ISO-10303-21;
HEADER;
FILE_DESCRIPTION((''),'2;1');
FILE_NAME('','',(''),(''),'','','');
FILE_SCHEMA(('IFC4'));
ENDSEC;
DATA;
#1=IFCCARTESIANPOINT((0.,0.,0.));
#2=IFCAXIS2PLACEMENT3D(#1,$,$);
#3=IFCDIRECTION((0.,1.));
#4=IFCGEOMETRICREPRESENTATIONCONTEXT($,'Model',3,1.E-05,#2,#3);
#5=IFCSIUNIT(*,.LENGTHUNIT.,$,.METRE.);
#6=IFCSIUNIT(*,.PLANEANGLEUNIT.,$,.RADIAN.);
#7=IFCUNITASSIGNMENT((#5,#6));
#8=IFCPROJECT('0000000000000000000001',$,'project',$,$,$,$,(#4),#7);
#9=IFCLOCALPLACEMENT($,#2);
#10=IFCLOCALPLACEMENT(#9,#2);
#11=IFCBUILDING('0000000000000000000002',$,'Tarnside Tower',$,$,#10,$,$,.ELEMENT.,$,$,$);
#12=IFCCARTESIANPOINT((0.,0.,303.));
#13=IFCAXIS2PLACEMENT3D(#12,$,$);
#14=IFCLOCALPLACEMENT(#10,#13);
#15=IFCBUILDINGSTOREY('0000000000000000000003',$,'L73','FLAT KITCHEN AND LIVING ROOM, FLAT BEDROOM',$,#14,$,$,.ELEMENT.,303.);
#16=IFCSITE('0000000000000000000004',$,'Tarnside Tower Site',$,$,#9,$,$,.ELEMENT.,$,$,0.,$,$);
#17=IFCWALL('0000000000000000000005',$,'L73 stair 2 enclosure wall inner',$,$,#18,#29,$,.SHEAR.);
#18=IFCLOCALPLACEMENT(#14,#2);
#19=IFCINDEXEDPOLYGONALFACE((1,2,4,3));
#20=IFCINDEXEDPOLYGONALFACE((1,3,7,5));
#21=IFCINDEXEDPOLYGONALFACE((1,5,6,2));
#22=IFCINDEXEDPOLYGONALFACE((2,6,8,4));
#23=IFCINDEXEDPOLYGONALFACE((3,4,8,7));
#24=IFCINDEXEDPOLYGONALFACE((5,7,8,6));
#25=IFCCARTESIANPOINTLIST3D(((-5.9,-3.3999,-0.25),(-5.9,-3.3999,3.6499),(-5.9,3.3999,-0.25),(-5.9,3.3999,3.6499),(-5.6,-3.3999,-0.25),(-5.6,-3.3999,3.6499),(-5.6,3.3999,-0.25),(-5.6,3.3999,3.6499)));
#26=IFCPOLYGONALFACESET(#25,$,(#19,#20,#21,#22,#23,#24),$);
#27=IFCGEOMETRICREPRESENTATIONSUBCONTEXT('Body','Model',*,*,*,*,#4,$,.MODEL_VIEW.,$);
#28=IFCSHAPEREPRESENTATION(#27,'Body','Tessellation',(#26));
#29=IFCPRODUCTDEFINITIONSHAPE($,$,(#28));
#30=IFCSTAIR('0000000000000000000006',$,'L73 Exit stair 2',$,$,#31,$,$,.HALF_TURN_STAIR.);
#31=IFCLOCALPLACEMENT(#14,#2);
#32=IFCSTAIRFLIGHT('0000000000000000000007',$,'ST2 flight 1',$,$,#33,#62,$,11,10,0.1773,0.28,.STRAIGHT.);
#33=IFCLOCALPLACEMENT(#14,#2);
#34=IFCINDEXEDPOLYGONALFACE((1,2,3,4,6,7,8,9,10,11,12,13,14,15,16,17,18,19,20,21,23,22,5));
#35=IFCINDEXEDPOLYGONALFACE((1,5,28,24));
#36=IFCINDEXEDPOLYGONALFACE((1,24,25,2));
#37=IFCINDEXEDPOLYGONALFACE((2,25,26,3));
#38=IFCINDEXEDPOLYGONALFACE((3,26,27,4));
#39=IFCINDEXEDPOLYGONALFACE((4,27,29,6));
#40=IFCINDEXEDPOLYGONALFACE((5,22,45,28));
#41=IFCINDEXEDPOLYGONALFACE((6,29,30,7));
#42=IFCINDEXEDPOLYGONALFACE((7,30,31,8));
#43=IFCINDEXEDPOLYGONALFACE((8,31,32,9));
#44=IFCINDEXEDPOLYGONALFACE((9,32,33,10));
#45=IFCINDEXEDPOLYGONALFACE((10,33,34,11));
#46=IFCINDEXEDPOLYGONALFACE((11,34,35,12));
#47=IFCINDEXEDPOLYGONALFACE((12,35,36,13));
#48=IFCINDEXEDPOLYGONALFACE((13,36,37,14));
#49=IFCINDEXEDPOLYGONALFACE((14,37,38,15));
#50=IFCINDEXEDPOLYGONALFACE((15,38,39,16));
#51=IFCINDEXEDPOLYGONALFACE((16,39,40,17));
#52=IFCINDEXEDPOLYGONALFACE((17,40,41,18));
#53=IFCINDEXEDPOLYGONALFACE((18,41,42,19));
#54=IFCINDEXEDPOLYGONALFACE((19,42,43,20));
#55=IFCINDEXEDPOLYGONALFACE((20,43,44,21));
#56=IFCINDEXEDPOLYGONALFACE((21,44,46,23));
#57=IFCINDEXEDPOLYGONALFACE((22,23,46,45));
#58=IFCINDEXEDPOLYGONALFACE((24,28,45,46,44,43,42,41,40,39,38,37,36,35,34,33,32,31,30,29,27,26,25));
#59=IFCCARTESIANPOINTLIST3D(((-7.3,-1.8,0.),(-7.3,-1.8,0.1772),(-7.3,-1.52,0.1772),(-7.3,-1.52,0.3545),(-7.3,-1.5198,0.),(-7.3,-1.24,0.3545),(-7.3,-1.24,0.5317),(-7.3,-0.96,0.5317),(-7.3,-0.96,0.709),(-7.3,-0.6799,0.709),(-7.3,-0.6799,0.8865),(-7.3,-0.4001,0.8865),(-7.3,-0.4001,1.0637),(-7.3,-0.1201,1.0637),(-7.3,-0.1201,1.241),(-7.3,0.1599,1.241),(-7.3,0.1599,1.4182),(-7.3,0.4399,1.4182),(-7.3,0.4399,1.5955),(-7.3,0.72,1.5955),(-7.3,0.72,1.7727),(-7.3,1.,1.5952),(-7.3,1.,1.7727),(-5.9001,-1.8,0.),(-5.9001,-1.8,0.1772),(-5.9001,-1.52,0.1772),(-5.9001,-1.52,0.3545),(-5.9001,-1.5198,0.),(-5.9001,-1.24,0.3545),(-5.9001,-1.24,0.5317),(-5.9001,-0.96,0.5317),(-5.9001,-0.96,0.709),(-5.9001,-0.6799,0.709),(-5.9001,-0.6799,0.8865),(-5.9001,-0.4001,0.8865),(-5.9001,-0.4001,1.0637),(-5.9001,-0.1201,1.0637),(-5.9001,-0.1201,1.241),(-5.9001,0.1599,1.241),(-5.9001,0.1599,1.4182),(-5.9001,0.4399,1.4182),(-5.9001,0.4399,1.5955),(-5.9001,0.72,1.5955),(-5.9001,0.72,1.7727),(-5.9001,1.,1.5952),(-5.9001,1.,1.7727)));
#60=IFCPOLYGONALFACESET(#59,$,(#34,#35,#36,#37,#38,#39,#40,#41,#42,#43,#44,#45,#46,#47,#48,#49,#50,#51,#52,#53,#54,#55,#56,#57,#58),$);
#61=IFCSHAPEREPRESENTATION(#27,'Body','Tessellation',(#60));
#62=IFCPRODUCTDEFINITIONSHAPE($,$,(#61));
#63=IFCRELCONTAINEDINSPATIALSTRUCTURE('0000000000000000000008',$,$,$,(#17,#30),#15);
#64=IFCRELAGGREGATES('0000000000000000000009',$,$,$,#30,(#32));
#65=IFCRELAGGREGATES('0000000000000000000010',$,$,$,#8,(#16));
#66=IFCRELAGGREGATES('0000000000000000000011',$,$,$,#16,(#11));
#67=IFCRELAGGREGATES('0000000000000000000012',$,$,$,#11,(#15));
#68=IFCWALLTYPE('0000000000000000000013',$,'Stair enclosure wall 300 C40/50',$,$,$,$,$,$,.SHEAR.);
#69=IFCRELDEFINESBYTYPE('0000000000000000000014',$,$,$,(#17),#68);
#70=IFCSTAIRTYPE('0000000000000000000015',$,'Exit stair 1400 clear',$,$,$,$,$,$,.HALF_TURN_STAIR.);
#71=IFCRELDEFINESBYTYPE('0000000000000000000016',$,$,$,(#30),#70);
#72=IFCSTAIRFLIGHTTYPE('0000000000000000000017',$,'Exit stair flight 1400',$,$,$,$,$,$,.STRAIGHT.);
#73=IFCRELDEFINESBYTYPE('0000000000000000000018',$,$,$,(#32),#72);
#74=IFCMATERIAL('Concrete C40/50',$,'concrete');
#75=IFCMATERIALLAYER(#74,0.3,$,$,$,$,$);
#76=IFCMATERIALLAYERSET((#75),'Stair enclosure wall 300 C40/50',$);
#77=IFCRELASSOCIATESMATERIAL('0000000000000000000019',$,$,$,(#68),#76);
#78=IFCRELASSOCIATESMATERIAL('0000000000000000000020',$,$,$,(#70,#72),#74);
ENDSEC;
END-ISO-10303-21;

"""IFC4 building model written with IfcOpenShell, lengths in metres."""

from ifc_helpers import new_model, si_unit, direction, frame, frame_2d, origin, place, context, subcontext, project, spatial, polyline, rectangle, outline, extrude, material, layer, layer_set, type_object, element, aggregate, save


model = new_model("IFC4")

# Units and contexts
model_context = context("Model", 3, precision=1e-05, world=origin(), true_north=direction((0.0, 1.0)))
body_context = subcontext(model_context, "Body", "Model", "MODEL_VIEW")
ifc_project = project(units=[si_unit("LENGTHUNIT", "METRE"), si_unit("PLANEANGLEUNIT", "RADIAN")], contexts=[model_context])

# Site, building, storey
site_placement = place(None, origin())
site = spatial("IfcSite", under=ifc_project, at=site_placement, Name="Tarnside Tower Site", CompositionType="ELEMENT", RefElevation=0.0)
building_placement = place(site_placement, origin())
building = spatial("IfcBuilding", under=site, at=building_placement, Name="Tarnside Tower", CompositionType="ELEMENT")
storey_placement = place(building_placement, frame((0.0, 0.0, 303.0)))
storey = spatial("IfcBuildingStorey", under=building, at=storey_placement, Name="L73", Description="FLAT KITCHEN AND LIVING ROOM, FLAT BEDROOM", CompositionType="ELEMENT", Elevation=303.0)

# Shared definitions
ifc_material_1 = material(Name="Concrete C40/50", Category="concrete")

# Wall
ifc_layer_1 = layer(ifc_material_1, 0.3)
ifc_layer_set_1 = layer_set([ifc_layer_1], Name="Stair enclosure wall 300 C40/50")
wall_type_1 = type_object("IfcWallType", Name="Stair enclosure wall 300 C40/50", PredefinedType="SHEAR", material=ifc_layer_set_1)
wall_1_placement = place(storey_placement, frame((-5.75, -3.3999, -0.25), z_axis=(0.0, 0.0, 1.0), x_axis=(0.0, 1.0, 0.0)))
element("IfcWall", 1, at=wall_1_placement, inside=storey, type_object=wall_type_1, Name="L73 stair 2 enclosure wall inner", PredefinedType="SHEAR", context=body_context, shape_type="SweptSolid", body=[
    extrude(rectangle(XDim=6.7998, YDim=0.3, at=frame_2d((3.3999, 0.0))), origin(), (0.0, 0.0, 1.0), 3.8999),
])

# Stair, stair flight
stair_type = type_object("IfcStairType", Name="Exit stair 1400 clear", PredefinedType="HALF_TURN_STAIR", material=ifc_material_1)
stair_placement = place(storey_placement, origin())
stair = element("IfcStair", 2, at=stair_placement, inside=storey, type_object=stair_type, Name="L73 Exit stair 2", PredefinedType="HALF_TURN_STAIR")
stair_flight_type = type_object("IfcStairFlightType", Name="Exit stair flight 1400", PredefinedType="STRAIGHT", material=ifc_material_1)
stair_flight_placement = place(storey_placement, frame((-6.6001, -1.8, 0.0), z_axis=(0.0, 0.0, 1.0), x_axis=(0.0, 1.0, 0.0)))
stair_flight = element("IfcStairFlight", 3, at=stair_flight_placement, type_object=stair_flight_type, Name="ST2 flight 1", NumberOfRisers=11, NumberOfTreads=10, PredefinedType="STRAIGHT", RiserHeight=0.1773, TreadLength=0.28, context=body_context, shape_type="SweptSolid", body=[
    extrude(outline(polyline([(0.0, 0.0), (0.0, 0.1772), (0.28, 0.1772), (0.28, 0.3545), (0.5601, 0.3545), (0.5601, 0.5317), (0.8401, 0.5317), (0.8401, 0.709), (1.1201, 0.709), (1.1201, 0.8865), (1.3999, 0.8865), (1.3999, 1.0637), (1.6799, 1.0637), (1.6799, 1.241), (1.96, 1.241), (1.96, 1.4182), (2.24, 1.4182), (2.24, 1.5955), (2.52, 1.5955), (2.52, 1.7727), (2.8, 1.7727), (2.8, 1.95), (2.8, 1.5952), (0.2803, 0.0), (0.0, 0.0)])), frame((0.0, 0.7, 0.0), z_axis=(0.0, -1.0, 0.0), x_axis=(1.0, 0.0, 0.0)), (0.0, 0.0, 1.0), 1.3999),
])
aggregate(stair, [stair_flight])

save(model, "model.ifc")
